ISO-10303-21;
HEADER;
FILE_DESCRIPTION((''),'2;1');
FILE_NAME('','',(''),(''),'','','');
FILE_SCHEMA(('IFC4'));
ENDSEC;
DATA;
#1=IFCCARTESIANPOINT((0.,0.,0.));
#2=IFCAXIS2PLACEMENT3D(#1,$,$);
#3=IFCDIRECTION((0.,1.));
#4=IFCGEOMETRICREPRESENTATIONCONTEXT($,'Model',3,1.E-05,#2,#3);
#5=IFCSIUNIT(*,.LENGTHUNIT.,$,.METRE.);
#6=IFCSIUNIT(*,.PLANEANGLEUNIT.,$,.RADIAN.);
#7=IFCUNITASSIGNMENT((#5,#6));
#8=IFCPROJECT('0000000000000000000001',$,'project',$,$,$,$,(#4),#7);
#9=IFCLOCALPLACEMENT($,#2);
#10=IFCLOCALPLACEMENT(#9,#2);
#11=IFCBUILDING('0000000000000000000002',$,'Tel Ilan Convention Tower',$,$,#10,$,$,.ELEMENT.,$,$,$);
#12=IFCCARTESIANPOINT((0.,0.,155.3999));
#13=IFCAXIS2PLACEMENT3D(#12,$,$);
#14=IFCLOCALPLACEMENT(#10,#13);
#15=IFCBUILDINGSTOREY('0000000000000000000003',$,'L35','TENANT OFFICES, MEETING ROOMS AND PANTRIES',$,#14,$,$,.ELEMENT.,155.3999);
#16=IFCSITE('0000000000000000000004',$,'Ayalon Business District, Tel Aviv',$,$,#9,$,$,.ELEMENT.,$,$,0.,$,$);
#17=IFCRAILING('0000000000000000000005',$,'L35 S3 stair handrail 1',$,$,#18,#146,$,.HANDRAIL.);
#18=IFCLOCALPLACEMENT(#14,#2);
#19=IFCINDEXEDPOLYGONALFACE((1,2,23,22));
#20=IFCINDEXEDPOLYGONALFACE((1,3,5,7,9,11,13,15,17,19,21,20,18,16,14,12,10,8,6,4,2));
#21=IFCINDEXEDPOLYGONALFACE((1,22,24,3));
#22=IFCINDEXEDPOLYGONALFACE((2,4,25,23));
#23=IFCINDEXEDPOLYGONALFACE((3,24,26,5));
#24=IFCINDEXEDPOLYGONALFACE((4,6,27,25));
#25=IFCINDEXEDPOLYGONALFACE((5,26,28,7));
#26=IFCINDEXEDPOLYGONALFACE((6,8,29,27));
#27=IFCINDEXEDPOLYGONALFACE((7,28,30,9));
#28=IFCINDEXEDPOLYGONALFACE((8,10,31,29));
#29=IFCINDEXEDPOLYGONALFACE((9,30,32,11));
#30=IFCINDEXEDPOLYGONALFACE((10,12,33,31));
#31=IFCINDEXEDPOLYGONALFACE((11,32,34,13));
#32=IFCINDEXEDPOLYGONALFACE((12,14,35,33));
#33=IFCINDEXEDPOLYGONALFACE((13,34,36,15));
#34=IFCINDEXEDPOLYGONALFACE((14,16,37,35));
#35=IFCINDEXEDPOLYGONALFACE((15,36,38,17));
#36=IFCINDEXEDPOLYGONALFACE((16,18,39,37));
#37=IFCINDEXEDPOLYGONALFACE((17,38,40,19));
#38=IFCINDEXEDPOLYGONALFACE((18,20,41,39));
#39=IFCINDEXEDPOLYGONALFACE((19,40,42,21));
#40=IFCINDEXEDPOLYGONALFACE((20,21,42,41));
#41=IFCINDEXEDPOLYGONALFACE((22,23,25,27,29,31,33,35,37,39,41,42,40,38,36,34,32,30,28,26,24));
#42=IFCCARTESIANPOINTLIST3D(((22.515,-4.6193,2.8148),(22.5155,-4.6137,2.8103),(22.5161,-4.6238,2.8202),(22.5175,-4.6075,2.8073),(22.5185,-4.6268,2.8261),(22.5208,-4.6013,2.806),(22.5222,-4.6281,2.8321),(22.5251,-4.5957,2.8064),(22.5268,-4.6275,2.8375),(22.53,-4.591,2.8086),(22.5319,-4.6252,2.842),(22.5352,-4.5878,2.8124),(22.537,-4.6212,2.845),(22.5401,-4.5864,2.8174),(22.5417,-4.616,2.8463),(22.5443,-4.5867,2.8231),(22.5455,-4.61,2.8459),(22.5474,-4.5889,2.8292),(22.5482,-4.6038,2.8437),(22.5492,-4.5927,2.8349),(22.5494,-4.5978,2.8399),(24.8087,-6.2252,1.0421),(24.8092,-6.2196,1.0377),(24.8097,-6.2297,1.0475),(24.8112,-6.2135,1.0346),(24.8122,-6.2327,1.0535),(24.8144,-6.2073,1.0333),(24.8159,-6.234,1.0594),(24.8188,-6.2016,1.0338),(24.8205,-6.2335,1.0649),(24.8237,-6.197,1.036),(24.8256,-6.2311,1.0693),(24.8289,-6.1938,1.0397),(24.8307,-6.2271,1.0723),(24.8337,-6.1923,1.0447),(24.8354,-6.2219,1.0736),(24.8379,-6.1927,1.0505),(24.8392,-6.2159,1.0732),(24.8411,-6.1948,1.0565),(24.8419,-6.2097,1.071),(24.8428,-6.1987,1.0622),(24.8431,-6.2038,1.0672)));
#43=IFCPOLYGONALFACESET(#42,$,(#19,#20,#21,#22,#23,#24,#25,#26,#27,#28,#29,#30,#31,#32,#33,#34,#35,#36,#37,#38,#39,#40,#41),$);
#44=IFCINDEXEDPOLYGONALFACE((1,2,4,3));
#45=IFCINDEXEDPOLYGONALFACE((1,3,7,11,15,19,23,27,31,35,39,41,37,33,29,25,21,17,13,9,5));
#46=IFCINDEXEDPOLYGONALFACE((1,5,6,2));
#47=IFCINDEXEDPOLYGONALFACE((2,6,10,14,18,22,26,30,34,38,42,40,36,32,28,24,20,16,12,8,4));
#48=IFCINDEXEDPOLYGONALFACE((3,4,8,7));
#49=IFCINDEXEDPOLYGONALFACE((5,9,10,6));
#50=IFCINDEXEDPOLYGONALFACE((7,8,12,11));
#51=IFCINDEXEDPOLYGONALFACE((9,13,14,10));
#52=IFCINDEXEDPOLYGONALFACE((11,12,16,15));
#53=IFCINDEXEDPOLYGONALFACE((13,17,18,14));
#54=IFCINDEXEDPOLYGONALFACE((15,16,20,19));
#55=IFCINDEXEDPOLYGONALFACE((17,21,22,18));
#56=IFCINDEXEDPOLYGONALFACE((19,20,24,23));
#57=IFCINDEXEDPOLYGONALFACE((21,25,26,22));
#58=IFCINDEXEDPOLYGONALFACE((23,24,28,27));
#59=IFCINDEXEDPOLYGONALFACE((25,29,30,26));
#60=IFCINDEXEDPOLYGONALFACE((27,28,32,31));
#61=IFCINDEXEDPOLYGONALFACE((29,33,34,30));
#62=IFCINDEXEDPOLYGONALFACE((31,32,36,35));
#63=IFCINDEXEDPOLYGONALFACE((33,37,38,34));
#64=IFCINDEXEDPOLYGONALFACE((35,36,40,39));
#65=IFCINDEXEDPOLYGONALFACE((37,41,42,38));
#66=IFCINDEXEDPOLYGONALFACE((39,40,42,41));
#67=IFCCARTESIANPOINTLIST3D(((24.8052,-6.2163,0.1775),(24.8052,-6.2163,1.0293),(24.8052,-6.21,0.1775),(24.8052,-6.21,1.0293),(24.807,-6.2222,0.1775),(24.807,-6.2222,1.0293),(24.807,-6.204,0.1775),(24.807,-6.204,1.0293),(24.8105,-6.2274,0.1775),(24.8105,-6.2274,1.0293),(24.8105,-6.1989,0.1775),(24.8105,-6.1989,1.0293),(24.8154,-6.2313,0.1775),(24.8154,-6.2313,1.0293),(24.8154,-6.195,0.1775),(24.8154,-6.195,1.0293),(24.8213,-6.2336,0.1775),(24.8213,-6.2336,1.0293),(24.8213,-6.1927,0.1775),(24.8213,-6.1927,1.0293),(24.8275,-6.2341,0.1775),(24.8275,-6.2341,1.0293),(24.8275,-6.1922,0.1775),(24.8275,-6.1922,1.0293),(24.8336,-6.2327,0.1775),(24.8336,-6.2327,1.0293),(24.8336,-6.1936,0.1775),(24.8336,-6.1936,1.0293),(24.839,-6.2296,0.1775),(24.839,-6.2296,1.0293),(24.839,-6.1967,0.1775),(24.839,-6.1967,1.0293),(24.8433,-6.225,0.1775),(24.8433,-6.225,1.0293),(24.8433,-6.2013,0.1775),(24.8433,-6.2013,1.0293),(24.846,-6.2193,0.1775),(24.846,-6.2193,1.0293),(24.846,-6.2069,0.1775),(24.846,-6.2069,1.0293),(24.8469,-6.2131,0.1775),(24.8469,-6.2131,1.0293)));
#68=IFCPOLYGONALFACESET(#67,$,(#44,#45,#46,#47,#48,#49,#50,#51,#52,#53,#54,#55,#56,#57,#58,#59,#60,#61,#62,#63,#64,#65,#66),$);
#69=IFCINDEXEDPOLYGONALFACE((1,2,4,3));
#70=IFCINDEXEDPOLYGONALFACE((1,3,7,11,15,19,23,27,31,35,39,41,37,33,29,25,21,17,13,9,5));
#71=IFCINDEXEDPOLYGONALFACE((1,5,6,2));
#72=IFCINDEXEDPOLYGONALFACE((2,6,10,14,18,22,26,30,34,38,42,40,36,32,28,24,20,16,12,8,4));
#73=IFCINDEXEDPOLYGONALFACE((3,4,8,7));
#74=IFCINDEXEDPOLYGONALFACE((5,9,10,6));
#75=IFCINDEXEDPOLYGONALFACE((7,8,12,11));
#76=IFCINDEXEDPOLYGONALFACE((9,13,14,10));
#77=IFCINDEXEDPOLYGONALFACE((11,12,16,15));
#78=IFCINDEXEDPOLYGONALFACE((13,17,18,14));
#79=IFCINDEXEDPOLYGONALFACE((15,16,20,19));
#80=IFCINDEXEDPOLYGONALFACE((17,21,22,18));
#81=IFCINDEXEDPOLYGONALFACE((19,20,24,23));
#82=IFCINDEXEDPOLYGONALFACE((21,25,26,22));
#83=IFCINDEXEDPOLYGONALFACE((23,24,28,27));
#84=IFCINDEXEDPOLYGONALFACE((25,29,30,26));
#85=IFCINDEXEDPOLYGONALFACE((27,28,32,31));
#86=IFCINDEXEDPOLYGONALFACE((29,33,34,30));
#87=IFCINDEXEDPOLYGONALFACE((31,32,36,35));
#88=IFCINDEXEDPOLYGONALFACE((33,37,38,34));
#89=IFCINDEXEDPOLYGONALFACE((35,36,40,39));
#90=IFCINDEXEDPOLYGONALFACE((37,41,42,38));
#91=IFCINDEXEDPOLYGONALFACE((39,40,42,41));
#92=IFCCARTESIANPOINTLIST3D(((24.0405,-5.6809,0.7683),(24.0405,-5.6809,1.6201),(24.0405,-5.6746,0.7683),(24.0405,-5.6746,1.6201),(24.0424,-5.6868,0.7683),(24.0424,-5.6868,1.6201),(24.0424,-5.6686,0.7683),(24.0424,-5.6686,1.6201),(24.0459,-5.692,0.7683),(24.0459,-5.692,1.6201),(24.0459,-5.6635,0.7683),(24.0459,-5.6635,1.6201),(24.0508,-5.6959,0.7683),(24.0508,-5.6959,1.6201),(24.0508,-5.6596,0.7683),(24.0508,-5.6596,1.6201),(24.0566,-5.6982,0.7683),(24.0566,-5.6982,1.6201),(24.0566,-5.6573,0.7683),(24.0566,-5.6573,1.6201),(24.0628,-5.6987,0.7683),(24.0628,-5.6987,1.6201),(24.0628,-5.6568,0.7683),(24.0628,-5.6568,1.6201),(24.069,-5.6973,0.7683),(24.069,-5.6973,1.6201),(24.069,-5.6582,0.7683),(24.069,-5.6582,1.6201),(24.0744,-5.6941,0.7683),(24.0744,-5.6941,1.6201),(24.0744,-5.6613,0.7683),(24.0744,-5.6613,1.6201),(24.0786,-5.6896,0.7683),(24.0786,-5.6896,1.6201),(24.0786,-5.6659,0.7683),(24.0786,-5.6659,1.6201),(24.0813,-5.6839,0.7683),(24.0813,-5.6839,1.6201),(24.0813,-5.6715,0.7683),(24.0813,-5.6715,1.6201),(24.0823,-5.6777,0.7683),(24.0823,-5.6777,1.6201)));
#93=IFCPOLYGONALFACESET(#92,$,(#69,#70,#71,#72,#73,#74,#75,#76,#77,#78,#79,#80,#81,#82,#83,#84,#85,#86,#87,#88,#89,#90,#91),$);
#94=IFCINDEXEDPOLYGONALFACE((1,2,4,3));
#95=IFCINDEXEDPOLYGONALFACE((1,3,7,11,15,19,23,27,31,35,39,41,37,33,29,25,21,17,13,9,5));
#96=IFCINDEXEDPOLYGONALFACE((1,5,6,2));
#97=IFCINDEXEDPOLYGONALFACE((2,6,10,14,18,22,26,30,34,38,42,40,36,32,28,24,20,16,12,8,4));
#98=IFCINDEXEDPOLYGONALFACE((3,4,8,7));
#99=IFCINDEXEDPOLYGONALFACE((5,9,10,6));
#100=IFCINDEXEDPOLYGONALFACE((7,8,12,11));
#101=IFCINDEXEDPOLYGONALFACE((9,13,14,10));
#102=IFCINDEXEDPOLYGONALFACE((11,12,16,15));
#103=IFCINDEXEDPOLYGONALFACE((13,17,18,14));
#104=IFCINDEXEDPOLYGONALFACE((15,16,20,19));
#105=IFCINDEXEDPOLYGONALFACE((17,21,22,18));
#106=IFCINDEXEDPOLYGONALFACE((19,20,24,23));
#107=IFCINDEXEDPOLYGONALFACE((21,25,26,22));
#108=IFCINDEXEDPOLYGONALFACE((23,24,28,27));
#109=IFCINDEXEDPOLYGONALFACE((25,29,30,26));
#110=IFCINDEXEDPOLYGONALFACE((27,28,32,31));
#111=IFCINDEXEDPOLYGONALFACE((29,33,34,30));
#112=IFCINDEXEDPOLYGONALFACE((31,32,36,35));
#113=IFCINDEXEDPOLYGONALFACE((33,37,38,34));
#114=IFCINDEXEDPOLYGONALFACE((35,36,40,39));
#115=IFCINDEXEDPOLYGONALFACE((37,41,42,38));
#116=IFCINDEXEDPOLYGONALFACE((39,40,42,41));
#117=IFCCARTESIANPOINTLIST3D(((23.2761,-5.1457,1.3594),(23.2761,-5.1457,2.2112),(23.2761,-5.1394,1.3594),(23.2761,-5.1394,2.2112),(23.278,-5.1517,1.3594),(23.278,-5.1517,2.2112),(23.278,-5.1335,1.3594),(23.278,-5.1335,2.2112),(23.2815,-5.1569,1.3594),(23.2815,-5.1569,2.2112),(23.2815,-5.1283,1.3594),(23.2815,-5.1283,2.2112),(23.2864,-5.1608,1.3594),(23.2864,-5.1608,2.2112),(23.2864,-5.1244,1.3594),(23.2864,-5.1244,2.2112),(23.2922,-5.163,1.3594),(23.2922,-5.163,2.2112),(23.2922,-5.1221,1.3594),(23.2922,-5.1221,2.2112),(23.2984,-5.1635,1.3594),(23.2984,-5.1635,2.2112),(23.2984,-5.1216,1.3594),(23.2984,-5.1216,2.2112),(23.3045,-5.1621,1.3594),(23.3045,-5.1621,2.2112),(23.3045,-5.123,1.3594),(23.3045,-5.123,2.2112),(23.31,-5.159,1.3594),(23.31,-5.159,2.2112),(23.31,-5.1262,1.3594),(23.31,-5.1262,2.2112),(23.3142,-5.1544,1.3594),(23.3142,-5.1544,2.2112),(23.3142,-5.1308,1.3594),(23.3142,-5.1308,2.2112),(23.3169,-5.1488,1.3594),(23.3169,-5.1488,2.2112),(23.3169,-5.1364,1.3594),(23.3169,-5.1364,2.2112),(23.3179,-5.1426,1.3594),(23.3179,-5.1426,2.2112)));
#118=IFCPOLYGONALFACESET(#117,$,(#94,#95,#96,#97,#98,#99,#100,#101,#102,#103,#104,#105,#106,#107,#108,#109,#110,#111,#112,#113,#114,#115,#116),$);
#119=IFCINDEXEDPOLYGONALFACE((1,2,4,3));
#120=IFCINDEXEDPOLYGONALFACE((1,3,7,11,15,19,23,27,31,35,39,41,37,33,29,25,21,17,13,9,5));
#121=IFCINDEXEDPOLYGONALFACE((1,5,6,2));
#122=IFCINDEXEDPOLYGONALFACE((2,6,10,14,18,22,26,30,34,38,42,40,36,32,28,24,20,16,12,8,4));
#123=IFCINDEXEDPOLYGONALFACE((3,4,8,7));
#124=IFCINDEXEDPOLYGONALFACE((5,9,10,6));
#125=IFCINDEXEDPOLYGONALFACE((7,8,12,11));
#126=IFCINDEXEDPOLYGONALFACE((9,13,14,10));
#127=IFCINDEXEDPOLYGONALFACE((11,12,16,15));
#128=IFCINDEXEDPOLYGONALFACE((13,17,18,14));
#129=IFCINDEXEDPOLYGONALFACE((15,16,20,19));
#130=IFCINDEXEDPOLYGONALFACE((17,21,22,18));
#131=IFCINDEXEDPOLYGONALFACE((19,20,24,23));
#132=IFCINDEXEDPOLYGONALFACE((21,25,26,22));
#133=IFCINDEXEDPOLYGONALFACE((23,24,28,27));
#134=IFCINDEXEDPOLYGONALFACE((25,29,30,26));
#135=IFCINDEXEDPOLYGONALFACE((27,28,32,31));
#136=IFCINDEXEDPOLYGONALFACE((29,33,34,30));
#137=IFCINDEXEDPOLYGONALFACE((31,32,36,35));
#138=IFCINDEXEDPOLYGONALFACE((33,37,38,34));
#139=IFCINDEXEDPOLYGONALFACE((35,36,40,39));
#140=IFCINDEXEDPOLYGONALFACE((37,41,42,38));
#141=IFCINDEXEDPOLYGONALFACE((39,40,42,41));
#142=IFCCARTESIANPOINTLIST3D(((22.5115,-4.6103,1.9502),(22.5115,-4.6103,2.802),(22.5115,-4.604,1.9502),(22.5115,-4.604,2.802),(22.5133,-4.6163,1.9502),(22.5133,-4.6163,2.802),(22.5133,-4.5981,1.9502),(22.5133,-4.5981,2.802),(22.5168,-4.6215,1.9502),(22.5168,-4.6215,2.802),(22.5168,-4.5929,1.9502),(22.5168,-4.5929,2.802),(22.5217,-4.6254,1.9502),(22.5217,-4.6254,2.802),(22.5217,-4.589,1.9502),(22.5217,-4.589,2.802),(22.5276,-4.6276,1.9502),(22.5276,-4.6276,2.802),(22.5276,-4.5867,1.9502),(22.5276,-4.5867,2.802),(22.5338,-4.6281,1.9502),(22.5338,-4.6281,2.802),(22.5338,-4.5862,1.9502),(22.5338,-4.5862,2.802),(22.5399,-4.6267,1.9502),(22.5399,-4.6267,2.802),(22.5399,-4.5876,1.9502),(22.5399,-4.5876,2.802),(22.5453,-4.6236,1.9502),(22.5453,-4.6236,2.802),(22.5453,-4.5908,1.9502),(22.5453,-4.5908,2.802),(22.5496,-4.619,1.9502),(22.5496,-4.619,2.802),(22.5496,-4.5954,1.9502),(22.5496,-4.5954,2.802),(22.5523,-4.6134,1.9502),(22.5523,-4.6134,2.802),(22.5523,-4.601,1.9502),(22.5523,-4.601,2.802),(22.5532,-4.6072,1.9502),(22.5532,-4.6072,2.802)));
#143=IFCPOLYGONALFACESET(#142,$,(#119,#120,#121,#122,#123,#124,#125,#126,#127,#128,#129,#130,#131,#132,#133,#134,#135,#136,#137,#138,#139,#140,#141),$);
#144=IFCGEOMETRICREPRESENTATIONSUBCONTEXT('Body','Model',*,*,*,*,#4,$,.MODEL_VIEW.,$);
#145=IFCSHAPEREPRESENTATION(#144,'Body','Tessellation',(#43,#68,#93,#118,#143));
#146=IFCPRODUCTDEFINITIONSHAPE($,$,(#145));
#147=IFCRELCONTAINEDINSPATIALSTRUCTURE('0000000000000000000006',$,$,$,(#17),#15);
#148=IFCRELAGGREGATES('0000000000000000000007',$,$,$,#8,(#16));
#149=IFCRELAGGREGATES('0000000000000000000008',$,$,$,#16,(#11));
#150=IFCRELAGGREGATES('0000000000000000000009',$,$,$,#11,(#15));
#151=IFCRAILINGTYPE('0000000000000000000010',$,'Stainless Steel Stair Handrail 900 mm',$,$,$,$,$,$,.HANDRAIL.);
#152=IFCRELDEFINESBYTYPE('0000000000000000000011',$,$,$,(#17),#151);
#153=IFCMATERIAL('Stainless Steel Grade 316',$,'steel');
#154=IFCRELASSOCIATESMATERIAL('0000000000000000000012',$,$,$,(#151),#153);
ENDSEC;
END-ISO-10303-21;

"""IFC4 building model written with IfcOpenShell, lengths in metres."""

from ifc_helpers import new_model, si_unit, direction, frame, origin, origin_2d, place, context, subcontext, project, spatial, circle, extrude, material, type_object, element, save


model = new_model("IFC4")

# Units and contexts
model_context = context("Model", 3, precision=1e-05, world=origin(), true_north=direction((0.0, 1.0)))
body_context = subcontext(model_context, "Body", "Model", "MODEL_VIEW")
ifc_project = project(units=[si_unit("LENGTHUNIT", "METRE"), si_unit("PLANEANGLEUNIT", "RADIAN")], contexts=[model_context])

# Site, building, storey
site_placement = place(None, origin())
site = spatial("IfcSite", under=ifc_project, at=site_placement, Name="Ayalon Business District, Tel Aviv", CompositionType="ELEMENT", RefElevation=0.0)
building_placement = place(site_placement, origin())
building = spatial("IfcBuilding", under=site, at=building_placement, Name="Tel Ilan Convention Tower", CompositionType="ELEMENT")
storey_placement = place(building_placement, frame((0.0, 0.0, 155.3999)))
storey = spatial("IfcBuildingStorey", under=building, at=storey_placement, Name="L35", Description="TENANT OFFICES, MEETING ROOMS AND PANTRIES", CompositionType="ELEMENT", Elevation=155.3999)

# Railing
ifc_material_1 = material(Name="Stainless Steel Grade 316", Category="steel")
railing_type_1 = type_object("IfcRailingType", Name="Stainless Steel Stair Handrail 900 mm", PredefinedType="HANDRAIL", material=ifc_material_1)
railing_1_placement = place(storey_placement, frame((24.8259, -6.2131, 0.1775)))
element("IfcRailing", 1, at=railing_1_placement, inside=storey, type_object=railing_type_1, Name="L35 S3 stair handrail 1", PredefinedType="HANDRAIL", context=body_context, shape_type="SweptSolid", body=[
    extrude(circle(Radius=0.0239, at=origin_2d()), frame((0.0, 0.0, 0.876), z_axis=(-0.692123, 0.484597, 0.534913), x_axis=(-0.57355, -0.81917, 0.0)), (0.0, 0.0, 1.0), 3.314),
    extrude(circle(Radius=0.021, at=origin_2d()), origin(), (0.0, 0.0, 1.0), 0.8518),
    extrude(circle(Radius=0.021, at=origin_2d()), frame((-0.7646, 0.5354, 0.5908)), (0.0, 0.0, 1.0), 0.8518),
    extrude(circle(Radius=0.021, at=origin_2d()), frame((-1.5291, 1.0706, 1.1819)), (0.0, 0.0, 1.0), 0.8518),
    extrude(circle(Radius=0.021, at=origin_2d()), frame((-2.2937, 1.606, 1.7727)), (0.0, 0.0, 1.0), 0.8518),
])

save(model, "model.ifc")
